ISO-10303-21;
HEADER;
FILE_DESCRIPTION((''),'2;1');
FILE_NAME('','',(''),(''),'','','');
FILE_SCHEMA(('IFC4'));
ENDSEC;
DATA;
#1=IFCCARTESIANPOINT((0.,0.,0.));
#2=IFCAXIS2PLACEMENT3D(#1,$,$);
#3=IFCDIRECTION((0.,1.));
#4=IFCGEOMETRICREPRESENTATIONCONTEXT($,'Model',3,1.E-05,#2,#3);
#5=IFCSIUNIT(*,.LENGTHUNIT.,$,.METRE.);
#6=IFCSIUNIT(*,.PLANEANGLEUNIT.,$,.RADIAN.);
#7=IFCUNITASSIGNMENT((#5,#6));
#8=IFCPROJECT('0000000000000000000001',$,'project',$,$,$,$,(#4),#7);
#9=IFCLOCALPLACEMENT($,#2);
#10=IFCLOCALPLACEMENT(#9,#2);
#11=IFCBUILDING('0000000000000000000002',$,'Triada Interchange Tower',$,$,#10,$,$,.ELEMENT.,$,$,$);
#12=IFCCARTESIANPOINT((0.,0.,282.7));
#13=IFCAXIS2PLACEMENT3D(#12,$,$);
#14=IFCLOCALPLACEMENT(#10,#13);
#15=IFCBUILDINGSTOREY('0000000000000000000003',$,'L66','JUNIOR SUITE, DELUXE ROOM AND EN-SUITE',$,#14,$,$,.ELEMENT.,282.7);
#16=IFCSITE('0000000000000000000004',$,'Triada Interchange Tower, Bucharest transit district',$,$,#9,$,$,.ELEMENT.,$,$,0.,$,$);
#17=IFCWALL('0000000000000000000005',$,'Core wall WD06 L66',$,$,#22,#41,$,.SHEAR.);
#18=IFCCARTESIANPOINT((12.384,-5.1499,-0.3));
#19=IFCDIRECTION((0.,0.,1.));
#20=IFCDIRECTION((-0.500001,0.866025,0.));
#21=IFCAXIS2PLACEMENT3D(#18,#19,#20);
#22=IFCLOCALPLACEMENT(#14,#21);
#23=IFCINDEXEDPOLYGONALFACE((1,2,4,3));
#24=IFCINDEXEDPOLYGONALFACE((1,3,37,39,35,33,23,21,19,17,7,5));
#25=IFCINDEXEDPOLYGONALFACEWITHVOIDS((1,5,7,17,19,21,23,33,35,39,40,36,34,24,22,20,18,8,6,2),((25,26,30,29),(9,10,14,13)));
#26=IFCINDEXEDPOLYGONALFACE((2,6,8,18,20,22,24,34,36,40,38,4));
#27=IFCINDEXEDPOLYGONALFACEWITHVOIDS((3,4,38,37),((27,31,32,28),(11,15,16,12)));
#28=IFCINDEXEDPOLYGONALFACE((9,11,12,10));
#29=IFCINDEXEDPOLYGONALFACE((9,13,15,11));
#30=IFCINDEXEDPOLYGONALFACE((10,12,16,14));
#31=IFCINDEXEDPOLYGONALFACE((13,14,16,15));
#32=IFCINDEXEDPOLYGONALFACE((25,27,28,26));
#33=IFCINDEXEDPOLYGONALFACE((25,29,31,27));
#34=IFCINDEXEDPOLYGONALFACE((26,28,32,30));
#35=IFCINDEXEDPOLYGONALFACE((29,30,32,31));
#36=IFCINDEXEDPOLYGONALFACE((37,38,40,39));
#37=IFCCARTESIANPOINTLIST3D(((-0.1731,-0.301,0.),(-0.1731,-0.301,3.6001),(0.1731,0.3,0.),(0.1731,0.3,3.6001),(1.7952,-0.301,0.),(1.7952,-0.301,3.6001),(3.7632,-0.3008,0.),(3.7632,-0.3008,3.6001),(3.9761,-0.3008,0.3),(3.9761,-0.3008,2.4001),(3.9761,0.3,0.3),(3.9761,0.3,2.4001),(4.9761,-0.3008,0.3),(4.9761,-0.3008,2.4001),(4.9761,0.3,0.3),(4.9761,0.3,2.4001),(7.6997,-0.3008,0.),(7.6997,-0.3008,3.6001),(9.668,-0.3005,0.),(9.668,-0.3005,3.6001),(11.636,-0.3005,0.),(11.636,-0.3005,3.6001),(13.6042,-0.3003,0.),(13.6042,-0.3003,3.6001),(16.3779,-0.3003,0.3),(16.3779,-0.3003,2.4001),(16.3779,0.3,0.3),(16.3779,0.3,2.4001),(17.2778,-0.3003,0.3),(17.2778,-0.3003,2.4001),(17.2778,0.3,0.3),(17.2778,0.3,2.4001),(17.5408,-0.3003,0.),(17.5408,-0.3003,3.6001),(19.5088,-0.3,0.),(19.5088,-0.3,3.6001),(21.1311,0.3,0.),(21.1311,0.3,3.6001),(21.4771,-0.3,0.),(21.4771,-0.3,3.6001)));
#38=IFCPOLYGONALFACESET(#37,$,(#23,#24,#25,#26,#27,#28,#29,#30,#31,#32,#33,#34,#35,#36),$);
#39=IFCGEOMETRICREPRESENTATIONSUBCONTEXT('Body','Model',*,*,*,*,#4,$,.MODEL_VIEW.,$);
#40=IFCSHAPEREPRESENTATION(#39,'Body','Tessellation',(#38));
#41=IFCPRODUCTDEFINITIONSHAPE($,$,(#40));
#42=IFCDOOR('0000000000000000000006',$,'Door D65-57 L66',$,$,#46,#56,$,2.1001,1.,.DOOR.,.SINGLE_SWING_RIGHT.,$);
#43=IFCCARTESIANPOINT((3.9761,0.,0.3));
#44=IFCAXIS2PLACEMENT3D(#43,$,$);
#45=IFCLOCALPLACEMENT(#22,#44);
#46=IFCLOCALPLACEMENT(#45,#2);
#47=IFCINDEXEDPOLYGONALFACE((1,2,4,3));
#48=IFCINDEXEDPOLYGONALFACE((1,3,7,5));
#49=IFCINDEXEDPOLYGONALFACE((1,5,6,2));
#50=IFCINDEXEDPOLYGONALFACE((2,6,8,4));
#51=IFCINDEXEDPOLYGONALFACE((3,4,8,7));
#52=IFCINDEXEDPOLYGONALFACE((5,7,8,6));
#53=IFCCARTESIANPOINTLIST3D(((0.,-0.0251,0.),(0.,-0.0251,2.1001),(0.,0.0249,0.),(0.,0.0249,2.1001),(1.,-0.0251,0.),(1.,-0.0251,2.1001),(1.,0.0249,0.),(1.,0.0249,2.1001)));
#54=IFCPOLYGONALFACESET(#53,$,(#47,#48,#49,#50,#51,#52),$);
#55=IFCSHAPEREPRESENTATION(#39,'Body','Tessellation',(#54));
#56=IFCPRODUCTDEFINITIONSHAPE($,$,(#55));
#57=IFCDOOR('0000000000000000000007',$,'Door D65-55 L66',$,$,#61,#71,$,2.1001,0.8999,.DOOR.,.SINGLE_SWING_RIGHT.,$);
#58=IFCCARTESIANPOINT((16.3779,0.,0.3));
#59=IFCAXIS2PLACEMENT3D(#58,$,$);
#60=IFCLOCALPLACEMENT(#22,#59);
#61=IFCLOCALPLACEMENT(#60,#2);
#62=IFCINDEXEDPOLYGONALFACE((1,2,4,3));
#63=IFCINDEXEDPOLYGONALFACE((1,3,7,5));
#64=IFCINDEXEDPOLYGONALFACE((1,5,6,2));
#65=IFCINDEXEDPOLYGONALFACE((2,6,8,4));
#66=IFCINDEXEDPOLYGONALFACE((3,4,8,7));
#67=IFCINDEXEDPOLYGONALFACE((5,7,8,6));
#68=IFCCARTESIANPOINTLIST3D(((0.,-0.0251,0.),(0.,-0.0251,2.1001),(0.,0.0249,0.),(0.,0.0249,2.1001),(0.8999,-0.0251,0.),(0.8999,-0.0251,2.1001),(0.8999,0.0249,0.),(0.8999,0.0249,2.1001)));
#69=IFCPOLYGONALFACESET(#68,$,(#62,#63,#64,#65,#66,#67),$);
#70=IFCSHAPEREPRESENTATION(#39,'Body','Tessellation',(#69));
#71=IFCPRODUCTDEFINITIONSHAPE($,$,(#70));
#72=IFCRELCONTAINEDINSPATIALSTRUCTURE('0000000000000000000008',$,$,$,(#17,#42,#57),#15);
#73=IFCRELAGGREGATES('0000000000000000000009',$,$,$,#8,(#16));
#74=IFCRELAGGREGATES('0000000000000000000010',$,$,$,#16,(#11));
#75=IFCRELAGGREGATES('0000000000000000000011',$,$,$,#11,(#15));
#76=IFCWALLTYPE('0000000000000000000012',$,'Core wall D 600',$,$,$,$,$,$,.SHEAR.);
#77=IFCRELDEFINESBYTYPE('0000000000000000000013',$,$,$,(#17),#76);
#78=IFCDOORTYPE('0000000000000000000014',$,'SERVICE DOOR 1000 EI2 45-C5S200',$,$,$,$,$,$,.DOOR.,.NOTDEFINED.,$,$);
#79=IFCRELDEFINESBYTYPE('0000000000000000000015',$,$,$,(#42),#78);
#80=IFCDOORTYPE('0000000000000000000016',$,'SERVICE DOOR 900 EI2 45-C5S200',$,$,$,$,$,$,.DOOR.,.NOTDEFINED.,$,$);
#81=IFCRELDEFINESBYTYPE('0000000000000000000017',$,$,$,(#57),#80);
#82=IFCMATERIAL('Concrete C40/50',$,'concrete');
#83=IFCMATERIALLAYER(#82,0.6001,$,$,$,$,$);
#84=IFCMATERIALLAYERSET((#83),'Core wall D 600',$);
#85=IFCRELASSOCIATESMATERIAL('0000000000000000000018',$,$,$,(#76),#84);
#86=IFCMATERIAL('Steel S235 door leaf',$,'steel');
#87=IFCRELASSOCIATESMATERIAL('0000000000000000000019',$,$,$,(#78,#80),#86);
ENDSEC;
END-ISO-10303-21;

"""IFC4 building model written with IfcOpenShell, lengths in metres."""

from ifc_helpers import new_model, si_unit, direction, frame, frame_2d, origin, place, context, subcontext, project, spatial, polyline, rectangle, outline, extrude, material, layer, layer_set, type_object, element, fill, save


model = new_model("IFC4")

# Units and contexts
model_context = context("Model", 3, precision=1e-05, world=origin(), true_north=direction((0.0, 1.0)))
body_context = subcontext(model_context, "Body", "Model", "MODEL_VIEW")
ifc_project = project(units=[si_unit("LENGTHUNIT", "METRE"), si_unit("PLANEANGLEUNIT", "RADIAN")], contexts=[model_context])

# Site, building, storey
site_placement = place(None, origin())
site = spatial("IfcSite", under=ifc_project, at=site_placement, Name="Triada Interchange Tower, Bucharest transit district", CompositionType="ELEMENT", RefElevation=0.0)
building_placement = place(site_placement, origin())
building = spatial("IfcBuilding", under=site, at=building_placement, Name="Triada Interchange Tower", CompositionType="ELEMENT")
storey_placement = place(building_placement, frame((0.0, 0.0, 282.7)))
storey = spatial("IfcBuildingStorey", under=building, at=storey_placement, Name="L66", Description="JUNIOR SUITE, DELUXE ROOM AND EN-SUITE", CompositionType="ELEMENT", Elevation=282.7)

# Shared definitions
ifc_material_1 = material(Name="Concrete C40/50", Category="concrete")

# Wall, openings, doors
ifc_layer_1 = layer(ifc_material_1, 0.6001)
ifc_layer_set_1 = layer_set([ifc_layer_1], Name="Core wall D 600")
wall_type_1 = type_object("IfcWallType", Name="Core wall D 600", PredefinedType="SHEAR", material=ifc_layer_set_1)
wall_1_placement = place(storey_placement, frame((12.384, -5.1499, -0.3), z_axis=(0.0, 0.0, 1.0), x_axis=(-0.500001, 0.866025, 0.0)))
wall_1 = element("IfcWall", 1, at=wall_1_placement, inside=storey, type_object=wall_type_1, Name="Core wall WD06 L66", PredefinedType="SHEAR", context=body_context, shape_type="SweptSolid", body=[
    extrude(outline(polyline([(-0.1731, -0.301), (1.7952, -0.301), (3.7632, -0.3008), (5.7314, -0.3008), (7.6997, -0.3008), (9.668, -0.3005), (11.636, -0.3005), (13.6042, -0.3003), (15.5725, -0.3003), (17.5408, -0.3003), (19.5088, -0.3), (21.4771, -0.3), (21.1311, 0.3), (19.2258, 0.3), (17.3206, 0.3), (15.4153, 0.3), (13.51, 0.3), (11.6047, 0.3), (9.6995, 0.3), (7.7942, 0.3), (5.8889, 0.3), (3.9836, 0.3), (2.0784, 0.3), (0.1731, 0.3), (-0.1731, -0.301)])), origin(), (0.0, 0.0, 1.0), 3.6001),
])
opening_1_placement = place(wall_1_placement, frame((16.3779, 0.0, 0.3)))
opening_1 = element("IfcOpeningElement", 2, at=opening_1_placement, cuts=wall_1, PredefinedType="OPENING", context=body_context, shape_type="SweptSolid", body=[
    extrude(rectangle(XDim=0.8999, YDim=2.1001, at=frame_2d((0.45, 1.05))), frame((0.0, 0.3101, 0.0), z_axis=(0.0, -1.0, 0.0), x_axis=(1.0, 0.0, 0.0)), (0.0, 0.0, 1.0), 0.6211),
])
opening_2_placement = place(wall_1_placement, frame((3.9761, 0.0, 0.3)))
opening_2 = element("IfcOpeningElement", 3, at=opening_2_placement, cuts=wall_1, PredefinedType="OPENING", context=body_context, shape_type="SweptSolid", body=[
    extrude(rectangle(XDim=1.0, YDim=2.1001, at=frame_2d((0.5, 1.05))), frame((0.0, 0.3101, 0.0), z_axis=(0.0, -1.0, 0.0), x_axis=(1.0, 0.0, 0.0)), (0.0, 0.0, 1.0), 0.6211),
])
ifc_material_2 = material(Name="Steel S235 door leaf", Category="steel")
door_type_1 = type_object("IfcDoorType", Name="SERVICE DOOR 1000 EI2 45-C5S200", OperationType="NOTDEFINED", PredefinedType="DOOR", material=ifc_material_2)
door_1_placement = place(opening_2_placement, origin())
door_1 = element("IfcDoor", 4, at=door_1_placement, inside=storey, type_object=door_type_1, Name="Door D65-57 L66", OperationType="SINGLE_SWING_RIGHT", OverallHeight=2.1001, OverallWidth=1.0, PredefinedType="DOOR", context=body_context, shape_type="SweptSolid", body=[
    extrude(rectangle(XDim=1.0, YDim=2.1001, at=frame_2d((0.5, 1.05))), frame((0.0, 0.0249, 0.0), z_axis=(0.0, -1.0, 0.0), x_axis=(1.0, 0.0, 0.0)), (0.0, 0.0, 1.0), 0.05),
])
fill(opening_2, door_1)
door_type_2 = type_object("IfcDoorType", Name="SERVICE DOOR 900 EI2 45-C5S200", OperationType="NOTDEFINED", PredefinedType="DOOR", material=ifc_material_2)
door_2_placement = place(opening_1_placement, origin())
door_2 = element("IfcDoor", 5, at=door_2_placement, inside=storey, type_object=door_type_2, Name="Door D65-55 L66", OperationType="SINGLE_SWING_RIGHT", OverallHeight=2.1001, OverallWidth=0.8999, PredefinedType="DOOR", context=body_context, shape_type="SweptSolid", body=[
    extrude(rectangle(XDim=0.8999, YDim=2.1001, at=frame_2d((0.45, 1.05))), frame((0.0, 0.0249, 0.0), z_axis=(0.0, -1.0, 0.0), x_axis=(1.0, 0.0, 0.0)), (0.0, 0.0, 1.0), 0.05),
])
fill(opening_1, door_2)

save(model, "model.ifc")
